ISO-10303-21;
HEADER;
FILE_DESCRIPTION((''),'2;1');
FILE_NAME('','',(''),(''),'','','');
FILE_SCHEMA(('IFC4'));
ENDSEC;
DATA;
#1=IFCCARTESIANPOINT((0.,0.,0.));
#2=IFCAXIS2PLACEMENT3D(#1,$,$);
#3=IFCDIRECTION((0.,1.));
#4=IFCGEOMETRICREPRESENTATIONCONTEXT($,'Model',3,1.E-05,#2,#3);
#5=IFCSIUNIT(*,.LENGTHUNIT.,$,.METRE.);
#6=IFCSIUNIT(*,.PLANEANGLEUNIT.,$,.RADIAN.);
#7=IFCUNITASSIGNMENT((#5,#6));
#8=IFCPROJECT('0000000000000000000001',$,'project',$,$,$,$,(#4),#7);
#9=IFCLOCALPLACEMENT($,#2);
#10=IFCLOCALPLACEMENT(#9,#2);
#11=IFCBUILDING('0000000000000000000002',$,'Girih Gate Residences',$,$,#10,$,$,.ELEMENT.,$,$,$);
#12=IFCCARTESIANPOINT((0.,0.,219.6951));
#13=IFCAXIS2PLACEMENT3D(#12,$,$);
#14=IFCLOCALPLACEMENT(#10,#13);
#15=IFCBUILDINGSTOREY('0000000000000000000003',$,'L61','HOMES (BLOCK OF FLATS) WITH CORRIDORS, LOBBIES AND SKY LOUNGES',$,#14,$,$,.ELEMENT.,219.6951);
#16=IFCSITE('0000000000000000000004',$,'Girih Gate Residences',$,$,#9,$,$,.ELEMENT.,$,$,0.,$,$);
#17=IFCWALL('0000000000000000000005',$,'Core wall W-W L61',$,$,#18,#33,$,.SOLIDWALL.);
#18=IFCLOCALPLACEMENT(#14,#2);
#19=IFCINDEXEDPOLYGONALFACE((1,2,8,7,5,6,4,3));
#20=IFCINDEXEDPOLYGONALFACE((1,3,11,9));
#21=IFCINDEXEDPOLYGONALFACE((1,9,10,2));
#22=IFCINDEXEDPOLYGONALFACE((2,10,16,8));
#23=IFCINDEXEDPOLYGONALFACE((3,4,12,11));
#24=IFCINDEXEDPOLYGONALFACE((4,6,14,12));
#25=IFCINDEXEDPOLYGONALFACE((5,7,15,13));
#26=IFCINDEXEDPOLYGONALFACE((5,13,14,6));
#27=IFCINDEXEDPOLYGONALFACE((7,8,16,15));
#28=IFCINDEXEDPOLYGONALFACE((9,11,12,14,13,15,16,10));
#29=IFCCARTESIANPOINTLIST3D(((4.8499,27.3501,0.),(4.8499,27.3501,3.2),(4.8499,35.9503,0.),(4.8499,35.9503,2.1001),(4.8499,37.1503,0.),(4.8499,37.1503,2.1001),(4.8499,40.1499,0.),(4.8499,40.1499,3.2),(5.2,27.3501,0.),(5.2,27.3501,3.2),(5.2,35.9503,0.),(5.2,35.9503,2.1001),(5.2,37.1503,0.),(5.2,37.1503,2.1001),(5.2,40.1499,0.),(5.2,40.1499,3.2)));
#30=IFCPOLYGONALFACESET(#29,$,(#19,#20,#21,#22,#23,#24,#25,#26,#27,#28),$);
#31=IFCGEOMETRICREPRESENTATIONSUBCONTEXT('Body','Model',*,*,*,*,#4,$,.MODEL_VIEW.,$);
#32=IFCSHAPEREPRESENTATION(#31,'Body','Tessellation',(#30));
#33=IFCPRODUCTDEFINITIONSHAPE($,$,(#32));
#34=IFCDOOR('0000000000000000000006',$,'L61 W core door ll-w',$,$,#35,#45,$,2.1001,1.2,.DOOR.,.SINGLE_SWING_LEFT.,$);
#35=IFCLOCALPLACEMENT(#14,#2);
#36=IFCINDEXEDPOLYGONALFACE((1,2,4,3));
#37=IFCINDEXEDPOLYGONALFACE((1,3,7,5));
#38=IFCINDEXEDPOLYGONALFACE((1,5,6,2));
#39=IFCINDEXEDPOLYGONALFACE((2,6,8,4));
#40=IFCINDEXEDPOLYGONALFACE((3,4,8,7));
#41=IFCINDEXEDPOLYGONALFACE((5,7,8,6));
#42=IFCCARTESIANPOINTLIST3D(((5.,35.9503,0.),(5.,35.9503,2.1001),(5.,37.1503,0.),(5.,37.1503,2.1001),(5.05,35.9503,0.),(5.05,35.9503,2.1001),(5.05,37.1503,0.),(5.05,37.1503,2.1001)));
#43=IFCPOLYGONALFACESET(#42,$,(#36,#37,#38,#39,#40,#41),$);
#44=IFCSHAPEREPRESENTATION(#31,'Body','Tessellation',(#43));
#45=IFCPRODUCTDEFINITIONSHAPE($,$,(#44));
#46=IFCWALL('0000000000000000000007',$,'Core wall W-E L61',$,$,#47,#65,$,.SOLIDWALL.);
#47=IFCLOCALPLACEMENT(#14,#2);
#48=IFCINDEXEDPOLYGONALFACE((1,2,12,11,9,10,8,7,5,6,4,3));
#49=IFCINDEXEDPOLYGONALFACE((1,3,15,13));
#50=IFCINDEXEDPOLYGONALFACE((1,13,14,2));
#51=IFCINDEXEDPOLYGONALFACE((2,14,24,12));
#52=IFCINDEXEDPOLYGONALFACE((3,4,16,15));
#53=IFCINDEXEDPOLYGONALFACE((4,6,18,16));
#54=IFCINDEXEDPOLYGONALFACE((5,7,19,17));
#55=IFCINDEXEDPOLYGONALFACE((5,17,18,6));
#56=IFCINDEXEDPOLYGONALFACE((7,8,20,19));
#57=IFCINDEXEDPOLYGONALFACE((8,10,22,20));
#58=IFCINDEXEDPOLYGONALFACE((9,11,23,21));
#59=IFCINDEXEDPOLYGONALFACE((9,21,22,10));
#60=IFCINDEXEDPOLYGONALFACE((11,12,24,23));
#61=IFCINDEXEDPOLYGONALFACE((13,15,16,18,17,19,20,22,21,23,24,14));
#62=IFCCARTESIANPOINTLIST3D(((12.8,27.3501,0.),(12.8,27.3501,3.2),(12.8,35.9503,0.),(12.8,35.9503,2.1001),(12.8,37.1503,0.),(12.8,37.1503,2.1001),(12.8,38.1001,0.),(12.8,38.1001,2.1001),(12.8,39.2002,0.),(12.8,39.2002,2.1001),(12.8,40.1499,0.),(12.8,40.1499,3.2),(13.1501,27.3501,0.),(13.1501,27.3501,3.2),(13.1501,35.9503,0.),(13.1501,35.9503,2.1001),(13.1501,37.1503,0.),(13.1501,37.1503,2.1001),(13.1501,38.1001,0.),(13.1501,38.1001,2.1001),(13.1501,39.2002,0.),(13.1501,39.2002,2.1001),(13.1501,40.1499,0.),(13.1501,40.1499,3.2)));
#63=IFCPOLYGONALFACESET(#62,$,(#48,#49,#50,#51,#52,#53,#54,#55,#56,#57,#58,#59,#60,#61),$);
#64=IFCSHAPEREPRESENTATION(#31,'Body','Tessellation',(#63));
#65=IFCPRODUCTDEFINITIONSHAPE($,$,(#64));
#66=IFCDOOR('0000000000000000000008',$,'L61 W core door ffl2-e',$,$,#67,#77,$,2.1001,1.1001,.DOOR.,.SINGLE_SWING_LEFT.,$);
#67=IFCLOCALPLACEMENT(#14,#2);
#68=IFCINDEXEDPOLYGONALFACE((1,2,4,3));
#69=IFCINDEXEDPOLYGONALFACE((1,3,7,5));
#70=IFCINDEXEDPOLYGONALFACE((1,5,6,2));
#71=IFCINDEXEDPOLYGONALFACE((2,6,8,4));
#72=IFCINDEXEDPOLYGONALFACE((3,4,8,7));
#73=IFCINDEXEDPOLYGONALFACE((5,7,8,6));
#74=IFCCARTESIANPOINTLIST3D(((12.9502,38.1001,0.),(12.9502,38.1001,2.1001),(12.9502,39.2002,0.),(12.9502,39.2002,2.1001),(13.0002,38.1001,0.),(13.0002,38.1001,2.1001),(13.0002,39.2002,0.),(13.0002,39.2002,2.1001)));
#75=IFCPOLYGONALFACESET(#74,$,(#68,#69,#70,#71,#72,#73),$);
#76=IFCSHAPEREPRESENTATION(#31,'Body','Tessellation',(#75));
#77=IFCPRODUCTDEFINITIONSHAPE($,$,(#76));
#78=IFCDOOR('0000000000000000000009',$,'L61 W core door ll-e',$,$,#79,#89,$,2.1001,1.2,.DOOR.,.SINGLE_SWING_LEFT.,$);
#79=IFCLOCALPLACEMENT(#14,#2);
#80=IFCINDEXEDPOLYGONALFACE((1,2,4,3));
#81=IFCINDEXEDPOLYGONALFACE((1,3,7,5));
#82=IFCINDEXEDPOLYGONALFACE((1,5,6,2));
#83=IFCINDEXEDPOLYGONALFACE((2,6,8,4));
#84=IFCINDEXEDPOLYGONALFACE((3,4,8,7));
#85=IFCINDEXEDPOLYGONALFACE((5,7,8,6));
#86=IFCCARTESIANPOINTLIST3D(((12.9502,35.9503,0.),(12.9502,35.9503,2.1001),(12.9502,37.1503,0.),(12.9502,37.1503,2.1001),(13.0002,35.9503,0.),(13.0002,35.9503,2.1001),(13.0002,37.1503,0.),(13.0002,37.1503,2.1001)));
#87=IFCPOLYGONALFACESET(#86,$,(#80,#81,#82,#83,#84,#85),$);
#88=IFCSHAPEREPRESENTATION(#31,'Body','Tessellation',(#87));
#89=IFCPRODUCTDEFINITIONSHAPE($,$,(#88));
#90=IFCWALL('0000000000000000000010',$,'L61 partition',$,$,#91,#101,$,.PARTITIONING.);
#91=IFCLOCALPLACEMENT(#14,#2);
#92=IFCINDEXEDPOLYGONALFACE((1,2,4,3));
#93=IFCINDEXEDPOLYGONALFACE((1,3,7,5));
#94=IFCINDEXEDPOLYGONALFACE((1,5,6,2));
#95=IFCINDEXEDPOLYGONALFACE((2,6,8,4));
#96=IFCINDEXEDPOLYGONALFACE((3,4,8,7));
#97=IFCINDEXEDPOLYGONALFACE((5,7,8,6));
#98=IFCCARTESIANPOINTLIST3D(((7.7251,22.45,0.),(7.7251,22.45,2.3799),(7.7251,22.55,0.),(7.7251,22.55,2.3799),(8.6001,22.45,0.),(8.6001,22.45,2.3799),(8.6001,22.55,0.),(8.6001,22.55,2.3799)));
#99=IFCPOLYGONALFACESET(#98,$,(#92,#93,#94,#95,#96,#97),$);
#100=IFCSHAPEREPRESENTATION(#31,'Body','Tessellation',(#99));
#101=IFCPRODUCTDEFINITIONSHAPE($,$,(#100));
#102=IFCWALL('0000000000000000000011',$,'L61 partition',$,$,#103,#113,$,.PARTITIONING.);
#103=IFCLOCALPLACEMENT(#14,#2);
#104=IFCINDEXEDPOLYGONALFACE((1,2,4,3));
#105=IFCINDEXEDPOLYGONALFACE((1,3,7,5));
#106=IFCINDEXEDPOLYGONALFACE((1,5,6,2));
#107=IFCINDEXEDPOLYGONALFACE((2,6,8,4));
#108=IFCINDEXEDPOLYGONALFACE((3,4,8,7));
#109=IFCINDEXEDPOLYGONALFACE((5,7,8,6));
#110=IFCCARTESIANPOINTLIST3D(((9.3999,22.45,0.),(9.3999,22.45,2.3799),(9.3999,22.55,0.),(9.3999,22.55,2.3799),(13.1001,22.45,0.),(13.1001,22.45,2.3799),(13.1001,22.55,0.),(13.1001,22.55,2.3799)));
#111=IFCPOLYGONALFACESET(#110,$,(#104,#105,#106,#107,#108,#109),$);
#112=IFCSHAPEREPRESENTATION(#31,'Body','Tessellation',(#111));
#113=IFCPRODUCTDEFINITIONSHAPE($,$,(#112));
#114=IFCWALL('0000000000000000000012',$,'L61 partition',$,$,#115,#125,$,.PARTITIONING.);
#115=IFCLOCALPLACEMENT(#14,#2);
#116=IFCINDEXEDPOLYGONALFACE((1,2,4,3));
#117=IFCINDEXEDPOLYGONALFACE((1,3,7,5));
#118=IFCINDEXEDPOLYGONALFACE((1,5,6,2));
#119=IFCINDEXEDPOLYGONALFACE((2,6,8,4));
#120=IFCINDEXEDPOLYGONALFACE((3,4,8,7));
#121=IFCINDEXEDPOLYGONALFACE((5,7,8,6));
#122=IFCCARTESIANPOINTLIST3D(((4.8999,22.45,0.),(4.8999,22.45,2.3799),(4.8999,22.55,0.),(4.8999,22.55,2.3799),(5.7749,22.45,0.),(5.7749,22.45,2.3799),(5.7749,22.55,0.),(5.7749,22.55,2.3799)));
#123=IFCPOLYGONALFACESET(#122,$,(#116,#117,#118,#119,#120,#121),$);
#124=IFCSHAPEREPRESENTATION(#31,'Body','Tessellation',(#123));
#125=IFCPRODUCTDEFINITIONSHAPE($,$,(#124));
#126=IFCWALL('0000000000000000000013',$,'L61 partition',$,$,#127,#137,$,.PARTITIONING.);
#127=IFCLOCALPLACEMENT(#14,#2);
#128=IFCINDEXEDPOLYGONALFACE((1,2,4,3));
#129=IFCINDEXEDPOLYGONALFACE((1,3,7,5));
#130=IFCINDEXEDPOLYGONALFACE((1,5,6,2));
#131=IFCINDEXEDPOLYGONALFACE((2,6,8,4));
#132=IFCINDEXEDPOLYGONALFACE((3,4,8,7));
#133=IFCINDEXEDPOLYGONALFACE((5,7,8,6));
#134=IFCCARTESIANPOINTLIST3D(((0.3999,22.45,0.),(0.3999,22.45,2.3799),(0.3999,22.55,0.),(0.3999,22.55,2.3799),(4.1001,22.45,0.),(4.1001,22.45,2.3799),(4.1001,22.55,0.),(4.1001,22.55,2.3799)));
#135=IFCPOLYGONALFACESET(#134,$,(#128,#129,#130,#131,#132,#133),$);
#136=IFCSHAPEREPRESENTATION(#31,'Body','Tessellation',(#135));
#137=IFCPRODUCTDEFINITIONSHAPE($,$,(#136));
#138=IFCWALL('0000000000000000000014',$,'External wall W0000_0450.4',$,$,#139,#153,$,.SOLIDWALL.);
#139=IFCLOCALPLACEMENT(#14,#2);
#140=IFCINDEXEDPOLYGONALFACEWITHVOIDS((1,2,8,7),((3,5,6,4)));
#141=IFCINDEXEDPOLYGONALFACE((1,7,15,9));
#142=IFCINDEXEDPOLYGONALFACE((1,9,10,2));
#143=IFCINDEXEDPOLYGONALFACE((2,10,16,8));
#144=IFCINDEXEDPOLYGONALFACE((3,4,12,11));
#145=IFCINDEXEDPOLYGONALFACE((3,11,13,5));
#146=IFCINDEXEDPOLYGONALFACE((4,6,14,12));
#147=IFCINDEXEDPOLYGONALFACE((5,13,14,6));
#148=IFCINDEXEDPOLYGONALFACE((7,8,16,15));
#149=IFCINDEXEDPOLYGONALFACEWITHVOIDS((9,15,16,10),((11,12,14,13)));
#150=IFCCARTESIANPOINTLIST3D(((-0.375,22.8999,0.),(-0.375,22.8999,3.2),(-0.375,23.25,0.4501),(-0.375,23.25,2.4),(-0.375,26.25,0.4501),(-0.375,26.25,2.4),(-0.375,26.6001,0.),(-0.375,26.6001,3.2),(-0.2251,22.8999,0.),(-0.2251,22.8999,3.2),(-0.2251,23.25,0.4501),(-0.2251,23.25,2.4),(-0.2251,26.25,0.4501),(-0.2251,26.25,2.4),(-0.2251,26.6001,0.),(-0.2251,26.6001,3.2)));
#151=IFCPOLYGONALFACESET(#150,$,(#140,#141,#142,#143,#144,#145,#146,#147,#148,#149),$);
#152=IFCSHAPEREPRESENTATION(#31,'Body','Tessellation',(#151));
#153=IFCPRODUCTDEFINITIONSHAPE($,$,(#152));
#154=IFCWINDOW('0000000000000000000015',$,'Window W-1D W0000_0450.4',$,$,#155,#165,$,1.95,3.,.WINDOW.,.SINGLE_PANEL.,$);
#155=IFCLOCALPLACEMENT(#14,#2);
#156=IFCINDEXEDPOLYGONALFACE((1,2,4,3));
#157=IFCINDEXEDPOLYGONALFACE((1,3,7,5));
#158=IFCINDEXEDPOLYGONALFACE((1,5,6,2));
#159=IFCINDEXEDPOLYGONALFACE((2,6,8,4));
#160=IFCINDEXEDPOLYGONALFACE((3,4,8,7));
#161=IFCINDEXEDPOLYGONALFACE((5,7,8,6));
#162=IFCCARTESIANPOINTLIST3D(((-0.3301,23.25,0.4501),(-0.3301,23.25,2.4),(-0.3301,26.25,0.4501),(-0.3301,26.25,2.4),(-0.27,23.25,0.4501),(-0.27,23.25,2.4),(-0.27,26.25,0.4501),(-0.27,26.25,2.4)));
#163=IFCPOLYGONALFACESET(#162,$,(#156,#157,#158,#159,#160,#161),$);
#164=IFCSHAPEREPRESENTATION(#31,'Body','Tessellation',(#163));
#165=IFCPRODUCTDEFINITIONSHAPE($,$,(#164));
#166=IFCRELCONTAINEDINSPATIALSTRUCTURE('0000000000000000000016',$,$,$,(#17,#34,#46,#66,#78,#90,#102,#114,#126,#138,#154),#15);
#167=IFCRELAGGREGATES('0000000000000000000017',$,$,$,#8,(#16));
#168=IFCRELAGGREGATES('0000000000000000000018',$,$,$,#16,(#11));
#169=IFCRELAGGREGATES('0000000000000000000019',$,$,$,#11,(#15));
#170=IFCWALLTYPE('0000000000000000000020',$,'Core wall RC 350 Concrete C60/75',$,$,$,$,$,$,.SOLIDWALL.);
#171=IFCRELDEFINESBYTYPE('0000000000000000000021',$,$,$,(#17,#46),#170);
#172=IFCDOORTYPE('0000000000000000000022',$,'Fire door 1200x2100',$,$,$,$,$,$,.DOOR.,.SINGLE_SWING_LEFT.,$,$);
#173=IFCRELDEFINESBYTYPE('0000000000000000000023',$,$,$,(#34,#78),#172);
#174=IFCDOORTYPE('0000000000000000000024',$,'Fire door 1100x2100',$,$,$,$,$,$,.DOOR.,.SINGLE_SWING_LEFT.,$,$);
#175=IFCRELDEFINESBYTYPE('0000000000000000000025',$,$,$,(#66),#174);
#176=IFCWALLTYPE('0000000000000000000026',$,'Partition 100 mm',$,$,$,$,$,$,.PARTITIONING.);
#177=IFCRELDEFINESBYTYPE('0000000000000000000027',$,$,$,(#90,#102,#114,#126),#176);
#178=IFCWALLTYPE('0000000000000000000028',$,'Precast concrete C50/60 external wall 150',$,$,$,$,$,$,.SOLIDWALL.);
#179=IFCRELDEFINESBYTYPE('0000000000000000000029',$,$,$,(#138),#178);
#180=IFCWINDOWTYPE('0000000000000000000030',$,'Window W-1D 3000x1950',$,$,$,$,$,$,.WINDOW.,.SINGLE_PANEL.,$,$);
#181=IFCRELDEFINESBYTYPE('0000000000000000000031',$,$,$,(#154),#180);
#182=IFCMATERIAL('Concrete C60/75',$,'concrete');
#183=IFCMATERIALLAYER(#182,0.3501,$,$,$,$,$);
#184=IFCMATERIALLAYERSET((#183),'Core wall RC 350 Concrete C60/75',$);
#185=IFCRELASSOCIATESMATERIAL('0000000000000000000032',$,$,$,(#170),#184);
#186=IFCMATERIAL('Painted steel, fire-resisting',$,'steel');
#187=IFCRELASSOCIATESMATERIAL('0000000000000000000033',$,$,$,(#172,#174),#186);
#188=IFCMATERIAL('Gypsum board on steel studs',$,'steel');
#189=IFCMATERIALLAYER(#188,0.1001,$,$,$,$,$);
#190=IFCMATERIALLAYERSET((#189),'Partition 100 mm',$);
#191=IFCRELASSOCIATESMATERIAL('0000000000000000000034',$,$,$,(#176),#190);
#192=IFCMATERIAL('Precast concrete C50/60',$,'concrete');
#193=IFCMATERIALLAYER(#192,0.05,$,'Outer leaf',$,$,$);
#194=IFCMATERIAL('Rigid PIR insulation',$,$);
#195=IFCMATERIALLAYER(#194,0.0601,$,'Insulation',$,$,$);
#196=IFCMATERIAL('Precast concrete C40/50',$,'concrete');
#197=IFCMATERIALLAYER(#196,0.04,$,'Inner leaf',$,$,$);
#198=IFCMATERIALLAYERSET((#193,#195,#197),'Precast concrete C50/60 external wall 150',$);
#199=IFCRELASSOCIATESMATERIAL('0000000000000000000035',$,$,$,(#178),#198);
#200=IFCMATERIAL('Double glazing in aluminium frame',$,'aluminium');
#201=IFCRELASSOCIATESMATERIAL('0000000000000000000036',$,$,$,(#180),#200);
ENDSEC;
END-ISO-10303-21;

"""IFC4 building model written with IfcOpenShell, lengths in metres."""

from ifc_helpers import new_model, si_unit, direction, frame, frame_2d, origin, place, context, subcontext, project, spatial, rectangle, extrude, material, layer, layer_set, type_object, element, fill, save


model = new_model("IFC4")

# Units and contexts
model_context = context("Model", 3, precision=1e-05, world=origin(), true_north=direction((0.0, 1.0)))
body_context = subcontext(model_context, "Body", "Model", "MODEL_VIEW")
ifc_project = project(units=[si_unit("LENGTHUNIT", "METRE"), si_unit("PLANEANGLEUNIT", "RADIAN")], contexts=[model_context])

# Site, building, storey
site_placement = place(None, origin())
site = spatial("IfcSite", under=ifc_project, at=site_placement, Name="Girih Gate Residences", CompositionType="ELEMENT", RefElevation=0.0)
building_placement = place(site_placement, origin())
building = spatial("IfcBuilding", under=site, at=building_placement, Name="Girih Gate Residences", CompositionType="ELEMENT")
storey_placement = place(building_placement, frame((0.0, 0.0, 219.6951)))
storey = spatial("IfcBuildingStorey", under=building, at=storey_placement, Name="L61", Description="HOMES (BLOCK OF FLATS) WITH CORRIDORS, LOBBIES AND SKY LOUNGES", CompositionType="ELEMENT", Elevation=219.6951)

# Shared definitions
ifc_material_1 = material(Name="Concrete C60/75", Category="concrete")

# Shared definitions
ifc_material_2 = material(Name="Gypsum board on steel studs", Category="steel")

# Wall, opening, door
ifc_layer_1 = layer(ifc_material_1, 0.3501)
ifc_layer_set_1 = layer_set([ifc_layer_1], Name="Core wall RC 350 Concrete C60/75")
wall_type_1 = type_object("IfcWallType", Name="Core wall RC 350 Concrete C60/75", PredefinedType="SOLIDWALL", material=ifc_layer_set_1)
wall_1_placement = place(storey_placement, frame((5.0249, 27.3501, 0.0), z_axis=(0.0, 0.0, 1.0), x_axis=(0.0, 1.0, 0.0)))
wall_1 = element("IfcWall", 1, at=wall_1_placement, inside=storey, type_object=wall_type_1, Name="Core wall W-W L61", PredefinedType="SOLIDWALL", context=body_context, shape_type="SweptSolid", body=[
    extrude(rectangle(XDim=12.7998, YDim=0.3501, at=frame_2d((6.3999, 0.0))), origin(), (0.0, 0.0, 1.0), 3.2),
])
opening_1_placement = place(wall_1_placement, frame((8.6001, 0.0, 0.0)))
opening_1 = element("IfcOpeningElement", 2, at=opening_1_placement, cuts=wall_1, PredefinedType="OPENING", context=body_context, shape_type="SweptSolid", body=[
    extrude(rectangle(XDim=1.2, YDim=2.1001, at=frame_2d((0.6001, 1.05))), frame((0.0, 0.1851, 0.0), z_axis=(0.0, -1.0, 0.0), x_axis=(1.0, 0.0, 0.0)), (0.0, 0.0, 1.0), 0.3701),
])
ifc_material_3 = material(Name="Painted steel, fire-resisting", Category="steel")
door_type_1 = type_object("IfcDoorType", Name="Fire door 1200x2100", OperationType="SINGLE_SWING_LEFT", PredefinedType="DOOR", material=ifc_material_3)
door_1_placement = place(opening_1_placement, origin())
door_1 = element("IfcDoor", 3, at=door_1_placement, inside=storey, type_object=door_type_1, Name="L61 W core door ll-w", OperationType="SINGLE_SWING_LEFT", OverallHeight=2.1001, OverallWidth=1.2, PredefinedType="DOOR", context=body_context, shape_type="SweptSolid", body=[
    extrude(rectangle(XDim=1.2, YDim=2.1001, at=frame_2d((0.6001, 1.05))), frame((0.0, 0.0249, 0.0), z_axis=(0.0, -1.0, 0.0), x_axis=(1.0, 0.0, 0.0)), (0.0, 0.0, 1.0), 0.05),
])
fill(opening_1, door_1)

# Wall, openings, doors
wall_2_placement = place(storey_placement, frame((12.9751, 27.3501, 0.0), z_axis=(0.0, 0.0, 1.0), x_axis=(0.0, 1.0, 0.0)))
wall_2 = element("IfcWall", 4, at=wall_2_placement, inside=storey, type_object=wall_type_1, Name="Core wall W-E L61", PredefinedType="SOLIDWALL", context=body_context, shape_type="SweptSolid", body=[
    extrude(rectangle(XDim=12.7998, YDim=0.3501, at=frame_2d((6.3999, 0.0))), origin(), (0.0, 0.0, 1.0), 3.2),
])
opening_2_placement = place(wall_2_placement, frame((10.75, 0.0, 0.0)))
opening_2 = element("IfcOpeningElement", 5, at=opening_2_placement, cuts=wall_2, PredefinedType="OPENING", context=body_context, shape_type="SweptSolid", body=[
    extrude(rectangle(XDim=1.1001, YDim=2.1001, at=frame_2d((0.55, 1.05))), frame((0.0, 0.1851, 0.0), z_axis=(0.0, -1.0, 0.0), x_axis=(1.0, 0.0, 0.0)), (0.0, 0.0, 1.0), 0.3701),
])
opening_3_placement = place(wall_2_placement, frame((8.6001, 0.0, 0.0)))
opening_3 = element("IfcOpeningElement", 6, at=opening_3_placement, cuts=wall_2, PredefinedType="OPENING", context=body_context, shape_type="SweptSolid", body=[
    extrude(rectangle(XDim=1.2, YDim=2.1001, at=frame_2d((0.6001, 1.05))), frame((0.0, 0.1851, 0.0), z_axis=(0.0, -1.0, 0.0), x_axis=(1.0, 0.0, 0.0)), (0.0, 0.0, 1.0), 0.3701),
])
door_type_2 = type_object("IfcDoorType", Name="Fire door 1100x2100", OperationType="SINGLE_SWING_LEFT", PredefinedType="DOOR", material=ifc_material_3)
door_2_placement = place(opening_2_placement, origin())
door_2 = element("IfcDoor", 7, at=door_2_placement, inside=storey, type_object=door_type_2, Name="L61 W core door ffl2-e", OperationType="SINGLE_SWING_LEFT", OverallHeight=2.1001, OverallWidth=1.1001, PredefinedType="DOOR", context=body_context, shape_type="SweptSolid", body=[
    extrude(rectangle(XDim=1.1001, YDim=2.1001, at=frame_2d((0.55, 1.05))), frame((0.0, 0.0249, 0.0), z_axis=(0.0, -1.0, 0.0), x_axis=(1.0, 0.0, 0.0)), (0.0, 0.0, 1.0), 0.05),
])
fill(opening_2, door_2)
door_3_placement = place(opening_3_placement, origin())
door_3 = element("IfcDoor", 8, at=door_3_placement, inside=storey, type_object=door_type_1, Name="L61 W core door ll-e", OperationType="SINGLE_SWING_LEFT", OverallHeight=2.1001, OverallWidth=1.2, PredefinedType="DOOR", context=body_context, shape_type="SweptSolid", body=[
    extrude(rectangle(XDim=1.2, YDim=2.1001, at=frame_2d((0.6001, 1.05))), frame((0.0, 0.0249, 0.0), z_axis=(0.0, -1.0, 0.0), x_axis=(1.0, 0.0, 0.0)), (0.0, 0.0, 1.0), 0.05),
])
fill(opening_3, door_3)

# Walls
ifc_layer_2 = layer(ifc_material_2, 0.1001)
ifc_layer_set_2 = layer_set([ifc_layer_2], Name="Partition 100 mm")
wall_type_2 = type_object("IfcWallType", Name="Partition 100 mm", PredefinedType="PARTITIONING", material=ifc_layer_set_2)
wall_3_placement = place(storey_placement, frame((7.7251, 22.5, 0.0), z_axis=(0.0, 0.0, 1.0), x_axis=(1.0, 0.0, 0.0)))
element("IfcWall", 9, at=wall_3_placement, inside=storey, type_object=wall_type_2, Name="L61 partition", PredefinedType="PARTITIONING", context=body_context, shape_type="SweptSolid", body=[
    extrude(rectangle(XDim=0.875, YDim=0.1001, at=frame_2d((0.4375, 0.0))), origin(), (0.0, 0.0, 1.0), 2.3799),
])
wall_4_placement = place(storey_placement, frame((9.3999, 22.5, 0.0), z_axis=(0.0, 0.0, 1.0), x_axis=(1.0, 0.0, 0.0)))
element("IfcWall", 10, at=wall_4_placement, inside=storey, type_object=wall_type_2, Name="L61 partition", PredefinedType="PARTITIONING", context=body_context, shape_type="SweptSolid", body=[
    extrude(rectangle(XDim=3.7002, YDim=0.1001, at=frame_2d((1.8501, 0.0))), origin(), (0.0, 0.0, 1.0), 2.3799),
])
wall_5_placement = place(storey_placement, frame((4.8999, 22.5, 0.0), z_axis=(0.0, 0.0, 1.0), x_axis=(1.0, 0.0, 0.0)))
element("IfcWall", 11, at=wall_5_placement, inside=storey, type_object=wall_type_2, Name="L61 partition", PredefinedType="PARTITIONING", context=body_context, shape_type="SweptSolid", body=[
    extrude(rectangle(XDim=0.875, YDim=0.1001, at=frame_2d((0.4375, 0.0))), origin(), (0.0, 0.0, 1.0), 2.3799),
])
wall_6_placement = place(storey_placement, frame((0.3999, 22.5, 0.0), z_axis=(0.0, 0.0, 1.0), x_axis=(1.0, 0.0, 0.0)))
element("IfcWall", 12, at=wall_6_placement, inside=storey, type_object=wall_type_2, Name="L61 partition", PredefinedType="PARTITIONING", context=body_context, shape_type="SweptSolid", body=[
    extrude(rectangle(XDim=3.7002, YDim=0.1001, at=frame_2d((1.8501, 0.0))), origin(), (0.0, 0.0, 1.0), 2.3799),
])

# Wall, opening, window
ifc_material_4 = material(Name="Precast concrete C50/60", Category="concrete")
ifc_layer_3 = layer(ifc_material_4, 0.05, Name="Outer leaf")
ifc_material_5 = material(Name="Rigid PIR insulation")
ifc_layer_4 = layer(ifc_material_5, 0.0601, Name="Insulation")
ifc_material_6 = material(Name="Precast concrete C40/50", Category="concrete")
ifc_layer_5 = layer(ifc_material_6, 0.04, Name="Inner leaf")
ifc_layer_set_3 = layer_set([ifc_layer_3, ifc_layer_4, ifc_layer_5], Name="Precast concrete C50/60 external wall 150")
wall_type_3 = type_object("IfcWallType", Name="Precast concrete C50/60 external wall 150", PredefinedType="SOLIDWALL", material=ifc_layer_set_3)
wall_7_placement = place(storey_placement, frame((-0.3, 22.8999, 0.0), z_axis=(0.0, 0.0, 1.0), x_axis=(0.0, 1.0, 0.0)))
wall_7 = element("IfcWall", 13, at=wall_7_placement, inside=storey, type_object=wall_type_3, Name="External wall W0000_0450.4", PredefinedType="SOLIDWALL", context=body_context, shape_type="SweptSolid", body=[
    extrude(rectangle(XDim=3.7002, YDim=0.1499, at=frame_2d((1.8501, 0.0))), origin(), (0.0, 0.0, 1.0), 3.2),
])
opening_4_placement = place(wall_7_placement, frame((0.3501, 0.0, 0.45)))
opening_4 = element("IfcOpeningElement", 14, at=opening_4_placement, cuts=wall_7, PredefinedType="OPENING", context=body_context, shape_type="SweptSolid", body=[
    extrude(rectangle(XDim=3.0, YDim=1.95, at=frame_2d((1.5, 0.9751))), frame((0.0, 0.085, 0.0), z_axis=(0.0, -1.0, 0.0), x_axis=(1.0, 0.0, 0.0)), (0.0, 0.0, 1.0), 0.1699),
])
ifc_material_7 = material(Name="Double glazing in aluminium frame", Category="aluminium")
window_type = type_object("IfcWindowType", Name="Window W-1D 3000x1950", PartitioningType="SINGLE_PANEL", PredefinedType="WINDOW", material=ifc_material_7)
window_placement = place(opening_4_placement, origin())
window = element("IfcWindow", 15, at=window_placement, inside=storey, type_object=window_type, Name="Window W-1D W0000_0450.4", OverallHeight=1.95, OverallWidth=3.0, PartitioningType="SINGLE_PANEL", PredefinedType="WINDOW", context=body_context, shape_type="SweptSolid", body=[
    extrude(rectangle(XDim=3.0, YDim=1.95, at=frame_2d((1.5, 0.9751))), frame((0.0, 0.03, 0.0), z_axis=(0.0, -1.0, 0.0), x_axis=(1.0, 0.0, 0.0)), (0.0, 0.0, 1.0), 0.0601),
])
fill(opening_4, window)

save(model, "model.ifc")
